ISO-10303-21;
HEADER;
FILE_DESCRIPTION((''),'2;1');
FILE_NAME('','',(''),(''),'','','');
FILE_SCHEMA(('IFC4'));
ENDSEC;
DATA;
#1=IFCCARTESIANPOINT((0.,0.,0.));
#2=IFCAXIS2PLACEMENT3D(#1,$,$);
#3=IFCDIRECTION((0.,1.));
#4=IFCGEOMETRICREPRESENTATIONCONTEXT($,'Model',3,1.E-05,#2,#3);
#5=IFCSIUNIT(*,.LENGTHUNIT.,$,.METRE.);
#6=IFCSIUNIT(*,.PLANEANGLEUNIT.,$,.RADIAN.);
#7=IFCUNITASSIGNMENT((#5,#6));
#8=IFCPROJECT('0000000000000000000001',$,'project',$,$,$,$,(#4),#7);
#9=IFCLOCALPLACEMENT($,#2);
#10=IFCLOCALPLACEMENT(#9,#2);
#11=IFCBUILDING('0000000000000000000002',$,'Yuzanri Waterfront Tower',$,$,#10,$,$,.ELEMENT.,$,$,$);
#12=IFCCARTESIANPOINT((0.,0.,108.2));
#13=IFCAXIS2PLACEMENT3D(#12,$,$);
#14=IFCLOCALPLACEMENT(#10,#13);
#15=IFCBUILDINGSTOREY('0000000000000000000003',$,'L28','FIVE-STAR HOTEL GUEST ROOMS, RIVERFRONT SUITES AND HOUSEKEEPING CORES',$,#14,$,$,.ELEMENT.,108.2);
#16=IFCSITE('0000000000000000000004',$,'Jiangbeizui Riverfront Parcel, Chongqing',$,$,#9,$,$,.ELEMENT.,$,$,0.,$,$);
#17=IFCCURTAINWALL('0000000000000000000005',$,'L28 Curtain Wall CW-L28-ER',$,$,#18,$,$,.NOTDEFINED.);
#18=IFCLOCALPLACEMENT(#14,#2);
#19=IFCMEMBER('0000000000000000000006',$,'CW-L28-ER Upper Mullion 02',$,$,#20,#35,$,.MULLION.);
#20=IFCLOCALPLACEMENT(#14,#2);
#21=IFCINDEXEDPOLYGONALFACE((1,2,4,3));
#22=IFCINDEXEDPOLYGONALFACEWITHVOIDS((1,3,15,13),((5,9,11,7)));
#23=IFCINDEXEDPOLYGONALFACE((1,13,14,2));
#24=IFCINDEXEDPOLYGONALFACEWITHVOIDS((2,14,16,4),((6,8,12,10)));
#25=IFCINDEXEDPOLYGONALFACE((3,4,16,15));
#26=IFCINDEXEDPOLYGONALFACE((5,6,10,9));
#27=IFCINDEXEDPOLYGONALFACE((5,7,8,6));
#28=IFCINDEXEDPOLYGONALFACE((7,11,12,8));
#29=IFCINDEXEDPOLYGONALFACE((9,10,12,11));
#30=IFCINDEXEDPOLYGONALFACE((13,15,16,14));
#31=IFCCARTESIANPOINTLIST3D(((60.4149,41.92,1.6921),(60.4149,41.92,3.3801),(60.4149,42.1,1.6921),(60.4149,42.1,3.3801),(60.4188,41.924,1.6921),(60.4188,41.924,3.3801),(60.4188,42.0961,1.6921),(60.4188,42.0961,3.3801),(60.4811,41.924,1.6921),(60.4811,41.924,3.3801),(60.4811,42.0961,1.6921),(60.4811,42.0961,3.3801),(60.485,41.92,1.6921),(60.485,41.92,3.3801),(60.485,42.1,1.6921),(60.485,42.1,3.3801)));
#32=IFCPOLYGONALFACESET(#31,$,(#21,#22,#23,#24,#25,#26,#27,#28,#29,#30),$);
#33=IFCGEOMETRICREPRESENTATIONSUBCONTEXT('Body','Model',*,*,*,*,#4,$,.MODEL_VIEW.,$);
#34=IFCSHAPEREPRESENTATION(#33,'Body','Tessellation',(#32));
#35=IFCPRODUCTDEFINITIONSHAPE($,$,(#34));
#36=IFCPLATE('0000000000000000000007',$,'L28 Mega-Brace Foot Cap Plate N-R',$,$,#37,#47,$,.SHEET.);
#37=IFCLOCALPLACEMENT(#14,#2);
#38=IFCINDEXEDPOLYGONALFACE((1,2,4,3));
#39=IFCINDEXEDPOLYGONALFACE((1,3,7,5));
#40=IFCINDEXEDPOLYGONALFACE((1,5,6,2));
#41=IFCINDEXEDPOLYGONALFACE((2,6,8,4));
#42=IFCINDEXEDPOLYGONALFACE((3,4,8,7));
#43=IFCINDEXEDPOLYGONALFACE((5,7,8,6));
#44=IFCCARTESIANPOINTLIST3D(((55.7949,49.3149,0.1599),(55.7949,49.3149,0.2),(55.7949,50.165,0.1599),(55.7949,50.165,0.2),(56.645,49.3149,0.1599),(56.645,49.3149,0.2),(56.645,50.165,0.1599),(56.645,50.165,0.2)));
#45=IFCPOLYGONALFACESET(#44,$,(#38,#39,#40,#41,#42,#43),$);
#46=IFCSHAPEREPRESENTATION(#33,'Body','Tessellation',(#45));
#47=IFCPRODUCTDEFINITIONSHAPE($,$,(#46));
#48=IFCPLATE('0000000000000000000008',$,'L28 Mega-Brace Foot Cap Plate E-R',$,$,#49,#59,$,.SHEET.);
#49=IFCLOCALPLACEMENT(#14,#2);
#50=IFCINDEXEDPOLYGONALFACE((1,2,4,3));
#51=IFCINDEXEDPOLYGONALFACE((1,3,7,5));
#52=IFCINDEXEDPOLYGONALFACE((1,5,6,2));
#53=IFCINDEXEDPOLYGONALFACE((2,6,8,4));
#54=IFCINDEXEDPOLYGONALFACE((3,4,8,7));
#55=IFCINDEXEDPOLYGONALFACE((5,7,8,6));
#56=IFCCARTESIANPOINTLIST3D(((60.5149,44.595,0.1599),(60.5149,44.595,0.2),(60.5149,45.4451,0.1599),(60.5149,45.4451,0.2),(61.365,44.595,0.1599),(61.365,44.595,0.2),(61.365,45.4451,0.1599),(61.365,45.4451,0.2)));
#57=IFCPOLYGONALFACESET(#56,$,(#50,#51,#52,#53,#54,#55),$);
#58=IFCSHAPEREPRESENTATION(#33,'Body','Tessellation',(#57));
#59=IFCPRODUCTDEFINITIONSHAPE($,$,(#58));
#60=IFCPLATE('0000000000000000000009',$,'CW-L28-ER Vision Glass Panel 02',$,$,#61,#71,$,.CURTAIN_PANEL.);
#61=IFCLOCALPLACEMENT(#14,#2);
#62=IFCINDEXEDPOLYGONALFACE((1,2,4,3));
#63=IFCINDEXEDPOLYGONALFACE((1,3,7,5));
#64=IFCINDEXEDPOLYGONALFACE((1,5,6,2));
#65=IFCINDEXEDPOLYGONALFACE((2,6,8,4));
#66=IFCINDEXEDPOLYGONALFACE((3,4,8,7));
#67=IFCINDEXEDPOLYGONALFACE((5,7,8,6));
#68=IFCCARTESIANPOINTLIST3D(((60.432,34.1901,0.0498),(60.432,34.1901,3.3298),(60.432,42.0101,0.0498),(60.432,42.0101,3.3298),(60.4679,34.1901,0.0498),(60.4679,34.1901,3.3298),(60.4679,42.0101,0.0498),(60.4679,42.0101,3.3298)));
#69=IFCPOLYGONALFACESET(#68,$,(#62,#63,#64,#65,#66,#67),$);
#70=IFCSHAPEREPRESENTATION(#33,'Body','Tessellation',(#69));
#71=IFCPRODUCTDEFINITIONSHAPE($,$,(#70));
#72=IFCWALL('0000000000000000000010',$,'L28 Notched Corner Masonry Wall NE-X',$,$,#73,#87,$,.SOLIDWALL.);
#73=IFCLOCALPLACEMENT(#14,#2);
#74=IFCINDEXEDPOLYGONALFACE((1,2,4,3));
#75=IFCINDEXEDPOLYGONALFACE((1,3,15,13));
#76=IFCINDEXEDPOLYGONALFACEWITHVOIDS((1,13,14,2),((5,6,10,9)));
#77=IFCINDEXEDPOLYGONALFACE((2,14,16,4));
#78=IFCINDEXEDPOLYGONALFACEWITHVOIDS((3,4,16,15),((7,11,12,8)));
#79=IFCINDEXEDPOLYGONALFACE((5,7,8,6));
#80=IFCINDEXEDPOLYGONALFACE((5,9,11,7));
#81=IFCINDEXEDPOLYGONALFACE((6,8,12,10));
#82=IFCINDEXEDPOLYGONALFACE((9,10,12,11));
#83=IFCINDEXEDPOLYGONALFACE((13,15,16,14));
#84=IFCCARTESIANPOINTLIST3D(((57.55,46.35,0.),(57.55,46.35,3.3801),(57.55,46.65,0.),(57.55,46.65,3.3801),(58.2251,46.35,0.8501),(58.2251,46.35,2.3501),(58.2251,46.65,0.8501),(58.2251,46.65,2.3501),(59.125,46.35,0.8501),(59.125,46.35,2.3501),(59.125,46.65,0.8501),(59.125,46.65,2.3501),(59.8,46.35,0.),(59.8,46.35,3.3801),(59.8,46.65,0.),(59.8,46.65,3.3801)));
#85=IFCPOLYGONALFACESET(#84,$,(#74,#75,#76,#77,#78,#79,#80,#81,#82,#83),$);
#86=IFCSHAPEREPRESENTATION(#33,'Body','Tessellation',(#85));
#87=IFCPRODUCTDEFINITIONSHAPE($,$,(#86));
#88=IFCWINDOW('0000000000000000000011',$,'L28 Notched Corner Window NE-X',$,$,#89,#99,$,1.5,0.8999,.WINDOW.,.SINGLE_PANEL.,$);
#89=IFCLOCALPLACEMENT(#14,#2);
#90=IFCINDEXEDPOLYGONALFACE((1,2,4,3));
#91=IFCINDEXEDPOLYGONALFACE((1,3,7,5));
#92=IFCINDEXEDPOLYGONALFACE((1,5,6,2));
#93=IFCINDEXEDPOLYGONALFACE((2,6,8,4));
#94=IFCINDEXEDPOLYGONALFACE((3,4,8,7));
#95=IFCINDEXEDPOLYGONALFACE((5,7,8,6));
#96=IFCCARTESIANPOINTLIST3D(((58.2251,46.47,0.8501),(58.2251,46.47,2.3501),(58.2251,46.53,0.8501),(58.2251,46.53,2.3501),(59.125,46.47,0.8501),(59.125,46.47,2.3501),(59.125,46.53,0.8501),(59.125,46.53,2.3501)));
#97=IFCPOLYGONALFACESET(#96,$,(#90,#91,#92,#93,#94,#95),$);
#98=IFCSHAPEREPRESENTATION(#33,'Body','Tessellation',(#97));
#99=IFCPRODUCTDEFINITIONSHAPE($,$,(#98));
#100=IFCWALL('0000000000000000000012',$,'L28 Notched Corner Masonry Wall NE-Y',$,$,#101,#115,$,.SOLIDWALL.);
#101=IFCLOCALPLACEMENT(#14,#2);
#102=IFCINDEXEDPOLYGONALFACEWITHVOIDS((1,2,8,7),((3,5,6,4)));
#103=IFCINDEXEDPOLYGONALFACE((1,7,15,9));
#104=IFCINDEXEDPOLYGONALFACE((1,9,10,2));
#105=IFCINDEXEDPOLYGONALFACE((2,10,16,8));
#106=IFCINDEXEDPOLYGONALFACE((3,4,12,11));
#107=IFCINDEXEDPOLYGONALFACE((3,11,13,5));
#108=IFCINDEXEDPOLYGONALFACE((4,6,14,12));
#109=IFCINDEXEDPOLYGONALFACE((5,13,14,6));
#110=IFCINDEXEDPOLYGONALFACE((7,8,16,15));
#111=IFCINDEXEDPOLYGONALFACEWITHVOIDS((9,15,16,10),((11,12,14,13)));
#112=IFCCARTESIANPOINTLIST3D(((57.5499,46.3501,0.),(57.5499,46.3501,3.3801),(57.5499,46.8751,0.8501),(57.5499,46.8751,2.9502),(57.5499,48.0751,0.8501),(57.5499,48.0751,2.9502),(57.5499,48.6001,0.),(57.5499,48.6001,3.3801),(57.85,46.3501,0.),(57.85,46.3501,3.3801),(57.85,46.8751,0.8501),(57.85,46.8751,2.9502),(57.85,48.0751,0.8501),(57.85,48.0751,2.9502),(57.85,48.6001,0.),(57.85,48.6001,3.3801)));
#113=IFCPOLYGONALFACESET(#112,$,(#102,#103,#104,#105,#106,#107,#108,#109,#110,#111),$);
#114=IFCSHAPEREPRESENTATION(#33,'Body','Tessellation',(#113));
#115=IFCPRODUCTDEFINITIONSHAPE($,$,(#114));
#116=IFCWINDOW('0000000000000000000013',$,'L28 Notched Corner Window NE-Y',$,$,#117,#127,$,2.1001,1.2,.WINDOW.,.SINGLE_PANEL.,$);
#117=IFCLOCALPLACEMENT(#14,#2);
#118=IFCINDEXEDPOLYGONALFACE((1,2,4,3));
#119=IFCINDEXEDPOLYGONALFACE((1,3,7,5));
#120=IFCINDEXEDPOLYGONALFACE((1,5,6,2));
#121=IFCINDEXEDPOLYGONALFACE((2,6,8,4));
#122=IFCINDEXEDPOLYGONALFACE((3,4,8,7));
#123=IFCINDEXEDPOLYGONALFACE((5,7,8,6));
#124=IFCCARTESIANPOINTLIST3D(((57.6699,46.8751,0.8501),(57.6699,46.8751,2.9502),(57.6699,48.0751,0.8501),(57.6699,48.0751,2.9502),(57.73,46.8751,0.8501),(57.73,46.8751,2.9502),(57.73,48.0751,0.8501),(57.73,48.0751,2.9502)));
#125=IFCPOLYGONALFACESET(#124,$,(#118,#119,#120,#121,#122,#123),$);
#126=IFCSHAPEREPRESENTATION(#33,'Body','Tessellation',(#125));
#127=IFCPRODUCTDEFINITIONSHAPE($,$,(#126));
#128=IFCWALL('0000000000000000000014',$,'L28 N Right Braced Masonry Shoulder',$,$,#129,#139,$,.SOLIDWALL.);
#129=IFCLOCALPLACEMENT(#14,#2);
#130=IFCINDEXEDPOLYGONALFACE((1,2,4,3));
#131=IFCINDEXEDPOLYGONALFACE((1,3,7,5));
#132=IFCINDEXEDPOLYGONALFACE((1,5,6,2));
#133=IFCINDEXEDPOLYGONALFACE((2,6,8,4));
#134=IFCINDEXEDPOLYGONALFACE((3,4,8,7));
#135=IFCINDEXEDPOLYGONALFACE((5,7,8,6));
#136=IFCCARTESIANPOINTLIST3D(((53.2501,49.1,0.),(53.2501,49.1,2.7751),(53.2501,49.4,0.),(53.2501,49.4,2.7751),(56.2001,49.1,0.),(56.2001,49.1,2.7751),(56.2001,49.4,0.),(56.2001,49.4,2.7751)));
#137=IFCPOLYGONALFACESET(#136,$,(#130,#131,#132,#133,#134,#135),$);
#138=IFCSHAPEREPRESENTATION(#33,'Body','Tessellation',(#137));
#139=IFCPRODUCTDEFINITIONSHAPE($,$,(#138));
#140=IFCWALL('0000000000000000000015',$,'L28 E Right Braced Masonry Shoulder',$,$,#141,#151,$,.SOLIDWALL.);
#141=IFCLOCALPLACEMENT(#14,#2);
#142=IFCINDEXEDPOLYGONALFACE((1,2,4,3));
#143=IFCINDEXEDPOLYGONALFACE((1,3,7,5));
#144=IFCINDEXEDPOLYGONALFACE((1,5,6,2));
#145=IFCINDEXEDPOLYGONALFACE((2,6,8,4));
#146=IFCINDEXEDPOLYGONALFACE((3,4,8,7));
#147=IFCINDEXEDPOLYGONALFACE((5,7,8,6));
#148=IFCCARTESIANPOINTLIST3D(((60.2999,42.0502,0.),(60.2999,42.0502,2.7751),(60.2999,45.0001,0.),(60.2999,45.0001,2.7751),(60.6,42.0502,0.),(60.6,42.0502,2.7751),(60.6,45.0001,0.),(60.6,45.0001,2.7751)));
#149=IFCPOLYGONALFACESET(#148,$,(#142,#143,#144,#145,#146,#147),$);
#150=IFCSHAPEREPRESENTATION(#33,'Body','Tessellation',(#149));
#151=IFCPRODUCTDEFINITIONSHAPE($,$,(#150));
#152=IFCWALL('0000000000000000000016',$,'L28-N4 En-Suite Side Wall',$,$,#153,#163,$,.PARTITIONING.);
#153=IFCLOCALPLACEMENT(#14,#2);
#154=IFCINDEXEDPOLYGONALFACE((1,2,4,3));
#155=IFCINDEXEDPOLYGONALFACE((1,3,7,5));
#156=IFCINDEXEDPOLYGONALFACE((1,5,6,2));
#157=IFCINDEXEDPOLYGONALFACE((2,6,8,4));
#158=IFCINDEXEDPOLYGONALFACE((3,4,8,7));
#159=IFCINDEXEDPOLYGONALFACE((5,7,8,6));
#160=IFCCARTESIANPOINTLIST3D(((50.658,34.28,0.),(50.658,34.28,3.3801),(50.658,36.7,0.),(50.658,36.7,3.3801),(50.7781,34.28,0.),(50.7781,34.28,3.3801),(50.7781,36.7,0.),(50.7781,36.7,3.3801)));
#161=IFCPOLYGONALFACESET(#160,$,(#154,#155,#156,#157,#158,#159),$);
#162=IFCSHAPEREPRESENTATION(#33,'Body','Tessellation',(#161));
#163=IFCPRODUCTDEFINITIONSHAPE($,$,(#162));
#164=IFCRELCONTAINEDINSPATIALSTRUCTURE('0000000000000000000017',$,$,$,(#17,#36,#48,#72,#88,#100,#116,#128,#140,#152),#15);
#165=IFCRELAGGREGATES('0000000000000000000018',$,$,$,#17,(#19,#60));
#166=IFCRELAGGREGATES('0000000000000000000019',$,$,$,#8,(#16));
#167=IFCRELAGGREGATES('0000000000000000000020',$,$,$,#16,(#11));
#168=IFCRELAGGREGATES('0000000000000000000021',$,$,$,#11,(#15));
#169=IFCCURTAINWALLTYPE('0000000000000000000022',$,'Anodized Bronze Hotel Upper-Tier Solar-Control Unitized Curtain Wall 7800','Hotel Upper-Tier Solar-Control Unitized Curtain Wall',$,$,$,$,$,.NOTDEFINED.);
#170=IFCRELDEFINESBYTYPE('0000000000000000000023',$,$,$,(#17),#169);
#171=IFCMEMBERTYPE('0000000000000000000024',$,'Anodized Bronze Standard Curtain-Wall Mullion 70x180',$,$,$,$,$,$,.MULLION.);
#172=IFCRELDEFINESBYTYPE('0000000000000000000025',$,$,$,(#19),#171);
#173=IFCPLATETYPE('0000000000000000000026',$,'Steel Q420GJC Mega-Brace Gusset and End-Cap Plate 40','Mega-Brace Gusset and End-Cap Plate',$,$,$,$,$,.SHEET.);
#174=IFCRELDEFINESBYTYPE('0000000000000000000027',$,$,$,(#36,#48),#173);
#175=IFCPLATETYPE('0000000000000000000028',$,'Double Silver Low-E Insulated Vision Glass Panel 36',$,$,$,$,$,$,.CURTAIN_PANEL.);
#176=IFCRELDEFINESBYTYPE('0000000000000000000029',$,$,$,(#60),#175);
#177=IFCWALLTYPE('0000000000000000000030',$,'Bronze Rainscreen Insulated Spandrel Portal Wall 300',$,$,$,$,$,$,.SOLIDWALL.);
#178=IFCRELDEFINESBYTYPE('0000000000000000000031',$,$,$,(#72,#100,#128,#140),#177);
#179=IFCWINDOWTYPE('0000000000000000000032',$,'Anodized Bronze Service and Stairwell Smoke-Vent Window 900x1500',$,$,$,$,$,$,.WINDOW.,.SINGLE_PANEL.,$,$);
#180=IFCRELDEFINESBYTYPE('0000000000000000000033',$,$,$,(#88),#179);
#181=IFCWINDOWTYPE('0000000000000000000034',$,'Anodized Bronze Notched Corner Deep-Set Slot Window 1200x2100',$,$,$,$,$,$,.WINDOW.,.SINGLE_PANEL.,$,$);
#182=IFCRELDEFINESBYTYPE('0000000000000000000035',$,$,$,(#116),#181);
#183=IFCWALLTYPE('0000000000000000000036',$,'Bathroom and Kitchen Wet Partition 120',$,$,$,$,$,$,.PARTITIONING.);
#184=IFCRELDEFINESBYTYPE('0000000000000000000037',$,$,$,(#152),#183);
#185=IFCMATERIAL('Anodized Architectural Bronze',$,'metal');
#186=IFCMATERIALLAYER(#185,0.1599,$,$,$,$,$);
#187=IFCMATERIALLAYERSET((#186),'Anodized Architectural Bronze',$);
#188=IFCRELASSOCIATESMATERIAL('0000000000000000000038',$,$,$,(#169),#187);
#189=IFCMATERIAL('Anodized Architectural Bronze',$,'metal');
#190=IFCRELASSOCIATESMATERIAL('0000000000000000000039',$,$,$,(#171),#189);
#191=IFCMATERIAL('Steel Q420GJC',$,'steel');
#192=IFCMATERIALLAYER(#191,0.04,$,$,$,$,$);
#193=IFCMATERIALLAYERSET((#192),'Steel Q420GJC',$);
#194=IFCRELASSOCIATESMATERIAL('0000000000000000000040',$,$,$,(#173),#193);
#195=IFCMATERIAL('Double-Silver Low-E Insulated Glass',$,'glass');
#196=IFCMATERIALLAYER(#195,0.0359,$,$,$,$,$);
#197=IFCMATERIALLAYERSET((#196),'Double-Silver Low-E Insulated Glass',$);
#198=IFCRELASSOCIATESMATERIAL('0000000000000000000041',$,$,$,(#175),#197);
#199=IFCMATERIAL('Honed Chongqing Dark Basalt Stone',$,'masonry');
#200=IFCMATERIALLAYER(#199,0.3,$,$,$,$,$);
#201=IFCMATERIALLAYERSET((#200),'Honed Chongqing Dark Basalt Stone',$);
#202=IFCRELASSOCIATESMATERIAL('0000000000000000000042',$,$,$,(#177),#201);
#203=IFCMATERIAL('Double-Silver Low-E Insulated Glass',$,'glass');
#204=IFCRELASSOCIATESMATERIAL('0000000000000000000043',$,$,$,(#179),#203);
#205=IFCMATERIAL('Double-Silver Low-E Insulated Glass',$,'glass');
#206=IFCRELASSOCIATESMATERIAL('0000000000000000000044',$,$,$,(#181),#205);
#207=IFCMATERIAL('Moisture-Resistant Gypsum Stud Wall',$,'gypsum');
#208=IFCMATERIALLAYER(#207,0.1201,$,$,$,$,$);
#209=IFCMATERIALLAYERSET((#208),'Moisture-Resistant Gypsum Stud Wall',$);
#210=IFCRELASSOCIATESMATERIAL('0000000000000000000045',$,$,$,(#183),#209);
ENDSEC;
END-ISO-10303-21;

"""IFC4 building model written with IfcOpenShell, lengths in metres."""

from ifc_helpers import new_model, si_unit, direction, frame, frame_2d, origin, origin_2d, place, context, subcontext, project, spatial, rectangle, hollow_rectangle, extrude, source, transform, mapped, material, layer, layer_set, material_profile, profile_set, type_object, element, fill, aggregate, save


model = new_model("IFC4")

# Units and contexts
model_context = context("Model", 3, precision=1e-05, world=origin(), true_north=direction((0.0, 1.0)))
body_context = subcontext(model_context, "Body", "Model", "MODEL_VIEW")
ifc_project = project(units=[si_unit("LENGTHUNIT", "METRE"), si_unit("PLANEANGLEUNIT", "RADIAN")], contexts=[model_context])

# Site, building, storey
site_placement = place(None, origin())
site = spatial("IfcSite", under=ifc_project, at=site_placement, Name="Jiangbeizui Riverfront Parcel, Chongqing", CompositionType="ELEMENT", RefElevation=0.0)
building_placement = place(site_placement, origin())
building = spatial("IfcBuilding", under=site, at=building_placement, Name="Yuzanri Waterfront Tower", CompositionType="ELEMENT")
storey_placement = place(building_placement, frame((0.0, 0.0, 108.2)))
storey = spatial("IfcBuildingStorey", under=building, at=storey_placement, Name="L28", Description="FIVE-STAR HOTEL GUEST ROOMS, RIVERFRONT SUITES AND HOUSEKEEPING CORES", CompositionType="ELEMENT", Elevation=108.2)

# Curtain wall, member
ifc_material_1 = material(Name="Anodized Architectural Bronze", Category="metal")
ifc_layer_1 = layer(ifc_material_1, 0.1599)
ifc_layer_set_1 = layer_set([ifc_layer_1], Name="Anodized Architectural Bronze")
curtain_wall_type = type_object("IfcCurtainWallType", Name="Anodized Bronze Hotel Upper-Tier Solar-Control Unitized Curtain Wall 7800", Description="Hotel Upper-Tier Solar-Control Unitized Curtain Wall", PredefinedType="NOTDEFINED", material=ifc_layer_set_1)
ifc_material_2 = material(Name="Anodized Architectural Bronze", Category="metal")
ifc_material_profile_1 = material_profile(ifc_material_2, hollow_rectangle(XDim=0.0701, YDim=0.1799, WallThickness=0.0039, at=origin_2d()), Name="CWM 70x180")
ifc_profile_set_1 = profile_set([ifc_material_profile_1], Name="Anodized Architectural Bronze")
member_type_1 = type_object("IfcMemberType", Name="Anodized Bronze Standard Curtain-Wall Mullion 70x180", PredefinedType="MULLION", material=ifc_profile_set_1)
shared_shape_1 = source(origin(), body_context, "Body", "SweptSolid", [
    extrude(hollow_rectangle(XDim=0.0701, YDim=0.1799, WallThickness=0.0039, at=origin_2d()), origin(), (0.0, 0.0, 1.0), 1.688),
])
curtain_wall_1_placement = place(storey_placement, origin())
curtain_wall_1 = element("IfcCurtainWall", 1, at=curtain_wall_1_placement, inside=storey, type_object=curtain_wall_type, Name="L28 Curtain Wall CW-L28-ER", PredefinedType="NOTDEFINED")
member_1_placement = place(storey_placement, frame((60.45, 42.01, 1.6921), z_axis=(0.0, 0.0, 1.0), x_axis=(1.0, 0.0, 0.0)))
member_1 = element("IfcMember", 2, at=member_1_placement, type_object=member_type_1, Name="CW-L28-ER Upper Mullion 02", PredefinedType="MULLION", context=body_context, shape_type="MappedRepresentation", body=[
    mapped(shared_shape_1, transform((0.0, 0.0, 0.0), scale=1.0)),
])

# Plates
ifc_material_3 = material(Name="Steel Q420GJC", Category="steel")
ifc_layer_2 = layer(ifc_material_3, 0.04)
ifc_layer_set_2 = layer_set([ifc_layer_2], Name="Steel Q420GJC")
plate_type_1 = type_object("IfcPlateType", Name="Steel Q420GJC Mega-Brace Gusset and End-Cap Plate 40", Description="Mega-Brace Gusset and End-Cap Plate", PredefinedType="SHEET", material=ifc_layer_set_2)
shared_shape_2 = source(origin(), body_context, "Body", "SweptSolid", [
    extrude(rectangle(XDim=0.8501, YDim=0.8501, at=origin_2d()), origin(), (0.0, 0.0, 1.0), 0.04),
])
for number, where, z_axis, x_axis, name in (
    (3, (56.22, 49.74, 0.1599), (0.0, 0.0, 1.0), (1.0, 0.0, 0.0), "L28 Mega-Brace Foot Cap Plate N-R"),
    (4, (60.9399, 45.02, 0.1599), (0.0, 0.0, 1.0), (1.0, 0.0, 0.0), "L28 Mega-Brace Foot Cap Plate E-R"),
):
    element("IfcPlate", number, at=place(storey_placement, frame(where, z_axis=z_axis, x_axis=x_axis)), inside=storey, type_object=plate_type_1, Name=name, PredefinedType="SHEET", context=body_context, shape_type="MappedRepresentation", body=[
        mapped(shared_shape_2, transform((0.0, 0.0, 0.0), scale=1.0)),
    ])

# Plate
ifc_material_4 = material(Name="Double-Silver Low-E Insulated Glass", Category="glass")
ifc_layer_3 = layer(ifc_material_4, 0.0359)
ifc_layer_set_3 = layer_set([ifc_layer_3], Name="Double-Silver Low-E Insulated Glass")
plate_type_2 = type_object("IfcPlateType", Name="Double Silver Low-E Insulated Vision Glass Panel 36", PredefinedType="CURTAIN_PANEL", material=ifc_layer_set_3)
shared_shape_3 = source(origin(), body_context, "Body", "SweptSolid", [
    extrude(rectangle(XDim=7.8201, YDim=0.0359, at=origin_2d()), origin(), (0.0, 0.0, 1.0), 3.28),
])
plate_placement = place(storey_placement, frame((60.45, 38.1001, 0.0498), z_axis=(0.0, 0.0, 1.0), x_axis=(0.0, 1.0, 0.0)))
plate = element("IfcPlate", 5, at=plate_placement, type_object=plate_type_2, Name="CW-L28-ER Vision Glass Panel 02", PredefinedType="CURTAIN_PANEL", context=body_context, shape_type="MappedRepresentation", body=[
    mapped(shared_shape_3, transform((0.0, 0.0, 0.0), scale=1.0)),
])
aggregate(curtain_wall_1, [member_1, plate])

# Walls, openings, windows
ifc_material_5 = material(Name="Honed Chongqing Dark Basalt Stone", Category="masonry")
ifc_layer_4 = layer(ifc_material_5, 0.3)
ifc_layer_set_4 = layer_set([ifc_layer_4], Name="Honed Chongqing Dark Basalt Stone")
wall_type_1 = type_object("IfcWallType", Name="Bronze Rainscreen Insulated Spandrel Portal Wall 300", PredefinedType="SOLIDWALL", material=ifc_layer_set_4)
wall_1_placement = place(storey_placement, frame((59.8, 46.5, 0.0), z_axis=(0.0, 0.0, 1.0), x_axis=(-1.0, 0.0, 0.0)))
wall_1 = element("IfcWall", 6, at=wall_1_placement, inside=storey, type_object=wall_type_1, Name="L28 Notched Corner Masonry Wall NE-X", PredefinedType="SOLIDWALL", context=body_context, shape_type="SweptSolid", body=[
    extrude(rectangle(XDim=2.25, YDim=0.3, at=frame_2d((1.125, 0.0))), origin(), (0.0, 0.0, 1.0), 3.3801),
])
opening_1_placement = place(wall_1_placement, frame((0.675, 0.0, 0.8501)))
opening_1 = element("IfcOpeningElement", 7, at=opening_1_placement, cuts=wall_1, PredefinedType="OPENING", context=body_context, shape_type="SweptSolid", body=[
    extrude(rectangle(XDim=0.8999, YDim=1.5, at=frame_2d((0.45, 0.75))), frame((0.0, 0.165, 0.0), z_axis=(0.0, -1.0, 0.0), x_axis=(1.0, 0.0, 0.0)), (0.0, 0.0, 1.0), 0.3298),
])
ifc_material_6 = material(Name="Double-Silver Low-E Insulated Glass", Category="glass")
window_type_1 = type_object("IfcWindowType", Name="Anodized Bronze Service and Stairwell Smoke-Vent Window 900x1500", PartitioningType="SINGLE_PANEL", PredefinedType="WINDOW", material=ifc_material_6)
shared_shape_4 = source(origin(), body_context, "Body", "SweptSolid", [
    extrude(rectangle(XDim=0.8999, YDim=1.5, at=frame_2d((0.45, 0.75))), frame((0.0, 0.03, 0.0), z_axis=(0.0, -1.0, 0.0), x_axis=(1.0, 0.0, 0.0)), (0.0, 0.0, 1.0), 0.0601),
])
window_1_placement = place(opening_1_placement, origin())
window_1 = element("IfcWindow", 8, at=window_1_placement, inside=storey, type_object=window_type_1, Name="L28 Notched Corner Window NE-X", OverallHeight=1.5, OverallWidth=0.8999, PartitioningType="SINGLE_PANEL", PredefinedType="WINDOW", context=body_context, shape_type="MappedRepresentation", body=[
    mapped(shared_shape_4, transform((0.0, 0.0, 0.0), scale=1.0)),
])
fill(opening_1, window_1)
wall_2_placement = place(storey_placement, frame((57.7, 46.3501, 0.0), z_axis=(0.0, 0.0, 1.0), x_axis=(0.0, 1.0, 0.0)))
wall_2 = element("IfcWall", 9, at=wall_2_placement, inside=storey, type_object=wall_type_1, Name="L28 Notched Corner Masonry Wall NE-Y", PredefinedType="SOLIDWALL", context=body_context, shape_type="SweptSolid", body=[
    extrude(rectangle(XDim=2.25, YDim=0.3, at=frame_2d((1.125, 0.0))), origin(), (0.0, 0.0, 1.0), 3.3801),
])
opening_2_placement = place(wall_2_placement, frame((0.5249, 0.0, 0.8501)))
opening_2 = element("IfcOpeningElement", 10, at=opening_2_placement, cuts=wall_2, PredefinedType="OPENING", context=body_context, shape_type="SweptSolid", body=[
    extrude(rectangle(XDim=1.2, YDim=2.1001, at=frame_2d((0.6001, 1.05))), frame((0.0, 0.165, 0.0), z_axis=(0.0, -1.0, 0.0), x_axis=(1.0, 0.0, 0.0)), (0.0, 0.0, 1.0), 0.3298),
])
ifc_material_7 = material(Name="Double-Silver Low-E Insulated Glass", Category="glass")
window_type_2 = type_object("IfcWindowType", Name="Anodized Bronze Notched Corner Deep-Set Slot Window 1200x2100", PartitioningType="SINGLE_PANEL", PredefinedType="WINDOW", material=ifc_material_7)
shared_shape_5 = source(origin(), body_context, "Body", "SweptSolid", [
    extrude(rectangle(XDim=1.2, YDim=2.1001, at=frame_2d((0.6001, 1.05))), frame((0.0, 0.03, 0.0), z_axis=(0.0, -1.0, 0.0), x_axis=(1.0, 0.0, 0.0)), (0.0, 0.0, 1.0), 0.0601),
])
window_2_placement = place(opening_2_placement, origin())
window_2 = element("IfcWindow", 11, at=window_2_placement, inside=storey, type_object=window_type_2, Name="L28 Notched Corner Window NE-Y", OverallHeight=2.1001, OverallWidth=1.2, PartitioningType="SINGLE_PANEL", PredefinedType="WINDOW", context=body_context, shape_type="MappedRepresentation", body=[
    mapped(shared_shape_5, transform((0.0, 0.0, 0.0), scale=1.0)),
])
fill(opening_2, window_2)

# Walls
shared_shape_6 = source(origin(), body_context, "Body", "SweptSolid", [
    extrude(rectangle(XDim=2.95, YDim=0.3, at=frame_2d((1.4751, 0.0))), origin(), (0.0, 0.0, 1.0), 2.7751),
])
for number, where, z_axis, x_axis, name in (
    (12, (53.25, 49.25, 0.0), (0.0, 0.0, 1.0), (1.0, 0.0, 0.0), "L28 N Right Braced Masonry Shoulder"),
    (13, (60.45, 42.05, 0.0), (0.0, 0.0, 1.0), (0.0, 1.0, 0.0), "L28 E Right Braced Masonry Shoulder"),
):
    element("IfcWall", number, at=place(storey_placement, frame(where, z_axis=z_axis, x_axis=x_axis)), inside=storey, type_object=wall_type_1, Name=name, PredefinedType="SOLIDWALL", context=body_context, shape_type="MappedRepresentation", body=[
        mapped(shared_shape_6, transform((0.0, 0.0, 0.0), scale=1.0)),
    ])
ifc_material_8 = material(Name="Moisture-Resistant Gypsum Stud Wall", Category="gypsum")
ifc_layer_5 = layer(ifc_material_8, 0.1201)
ifc_layer_set_5 = layer_set([ifc_layer_5], Name="Moisture-Resistant Gypsum Stud Wall")
wall_type_2 = type_object("IfcWallType", Name="Bathroom and Kitchen Wet Partition 120", PredefinedType="PARTITIONING", material=ifc_layer_set_5)
shared_shape_7 = source(origin(), body_context, "Body", "SweptSolid", [
    extrude(rectangle(XDim=2.4199, YDim=0.1201, at=frame_2d((1.21, 0.0))), origin(), (0.0, 0.0, 1.0), 3.3801),
])
wall_3_placement = place(storey_placement, frame((50.718, 34.28, 0.0), z_axis=(0.0, 0.0, 1.0), x_axis=(0.0, 1.0, 0.0)))
element("IfcWall", 14, at=wall_3_placement, inside=storey, type_object=wall_type_2, Name="L28-N4 En-Suite Side Wall", PredefinedType="PARTITIONING", context=body_context, shape_type="MappedRepresentation", body=[
    mapped(shared_shape_7, transform((0.0, 0.0, 0.0), scale=1.0)),
])

save(model, "model.ifc")
